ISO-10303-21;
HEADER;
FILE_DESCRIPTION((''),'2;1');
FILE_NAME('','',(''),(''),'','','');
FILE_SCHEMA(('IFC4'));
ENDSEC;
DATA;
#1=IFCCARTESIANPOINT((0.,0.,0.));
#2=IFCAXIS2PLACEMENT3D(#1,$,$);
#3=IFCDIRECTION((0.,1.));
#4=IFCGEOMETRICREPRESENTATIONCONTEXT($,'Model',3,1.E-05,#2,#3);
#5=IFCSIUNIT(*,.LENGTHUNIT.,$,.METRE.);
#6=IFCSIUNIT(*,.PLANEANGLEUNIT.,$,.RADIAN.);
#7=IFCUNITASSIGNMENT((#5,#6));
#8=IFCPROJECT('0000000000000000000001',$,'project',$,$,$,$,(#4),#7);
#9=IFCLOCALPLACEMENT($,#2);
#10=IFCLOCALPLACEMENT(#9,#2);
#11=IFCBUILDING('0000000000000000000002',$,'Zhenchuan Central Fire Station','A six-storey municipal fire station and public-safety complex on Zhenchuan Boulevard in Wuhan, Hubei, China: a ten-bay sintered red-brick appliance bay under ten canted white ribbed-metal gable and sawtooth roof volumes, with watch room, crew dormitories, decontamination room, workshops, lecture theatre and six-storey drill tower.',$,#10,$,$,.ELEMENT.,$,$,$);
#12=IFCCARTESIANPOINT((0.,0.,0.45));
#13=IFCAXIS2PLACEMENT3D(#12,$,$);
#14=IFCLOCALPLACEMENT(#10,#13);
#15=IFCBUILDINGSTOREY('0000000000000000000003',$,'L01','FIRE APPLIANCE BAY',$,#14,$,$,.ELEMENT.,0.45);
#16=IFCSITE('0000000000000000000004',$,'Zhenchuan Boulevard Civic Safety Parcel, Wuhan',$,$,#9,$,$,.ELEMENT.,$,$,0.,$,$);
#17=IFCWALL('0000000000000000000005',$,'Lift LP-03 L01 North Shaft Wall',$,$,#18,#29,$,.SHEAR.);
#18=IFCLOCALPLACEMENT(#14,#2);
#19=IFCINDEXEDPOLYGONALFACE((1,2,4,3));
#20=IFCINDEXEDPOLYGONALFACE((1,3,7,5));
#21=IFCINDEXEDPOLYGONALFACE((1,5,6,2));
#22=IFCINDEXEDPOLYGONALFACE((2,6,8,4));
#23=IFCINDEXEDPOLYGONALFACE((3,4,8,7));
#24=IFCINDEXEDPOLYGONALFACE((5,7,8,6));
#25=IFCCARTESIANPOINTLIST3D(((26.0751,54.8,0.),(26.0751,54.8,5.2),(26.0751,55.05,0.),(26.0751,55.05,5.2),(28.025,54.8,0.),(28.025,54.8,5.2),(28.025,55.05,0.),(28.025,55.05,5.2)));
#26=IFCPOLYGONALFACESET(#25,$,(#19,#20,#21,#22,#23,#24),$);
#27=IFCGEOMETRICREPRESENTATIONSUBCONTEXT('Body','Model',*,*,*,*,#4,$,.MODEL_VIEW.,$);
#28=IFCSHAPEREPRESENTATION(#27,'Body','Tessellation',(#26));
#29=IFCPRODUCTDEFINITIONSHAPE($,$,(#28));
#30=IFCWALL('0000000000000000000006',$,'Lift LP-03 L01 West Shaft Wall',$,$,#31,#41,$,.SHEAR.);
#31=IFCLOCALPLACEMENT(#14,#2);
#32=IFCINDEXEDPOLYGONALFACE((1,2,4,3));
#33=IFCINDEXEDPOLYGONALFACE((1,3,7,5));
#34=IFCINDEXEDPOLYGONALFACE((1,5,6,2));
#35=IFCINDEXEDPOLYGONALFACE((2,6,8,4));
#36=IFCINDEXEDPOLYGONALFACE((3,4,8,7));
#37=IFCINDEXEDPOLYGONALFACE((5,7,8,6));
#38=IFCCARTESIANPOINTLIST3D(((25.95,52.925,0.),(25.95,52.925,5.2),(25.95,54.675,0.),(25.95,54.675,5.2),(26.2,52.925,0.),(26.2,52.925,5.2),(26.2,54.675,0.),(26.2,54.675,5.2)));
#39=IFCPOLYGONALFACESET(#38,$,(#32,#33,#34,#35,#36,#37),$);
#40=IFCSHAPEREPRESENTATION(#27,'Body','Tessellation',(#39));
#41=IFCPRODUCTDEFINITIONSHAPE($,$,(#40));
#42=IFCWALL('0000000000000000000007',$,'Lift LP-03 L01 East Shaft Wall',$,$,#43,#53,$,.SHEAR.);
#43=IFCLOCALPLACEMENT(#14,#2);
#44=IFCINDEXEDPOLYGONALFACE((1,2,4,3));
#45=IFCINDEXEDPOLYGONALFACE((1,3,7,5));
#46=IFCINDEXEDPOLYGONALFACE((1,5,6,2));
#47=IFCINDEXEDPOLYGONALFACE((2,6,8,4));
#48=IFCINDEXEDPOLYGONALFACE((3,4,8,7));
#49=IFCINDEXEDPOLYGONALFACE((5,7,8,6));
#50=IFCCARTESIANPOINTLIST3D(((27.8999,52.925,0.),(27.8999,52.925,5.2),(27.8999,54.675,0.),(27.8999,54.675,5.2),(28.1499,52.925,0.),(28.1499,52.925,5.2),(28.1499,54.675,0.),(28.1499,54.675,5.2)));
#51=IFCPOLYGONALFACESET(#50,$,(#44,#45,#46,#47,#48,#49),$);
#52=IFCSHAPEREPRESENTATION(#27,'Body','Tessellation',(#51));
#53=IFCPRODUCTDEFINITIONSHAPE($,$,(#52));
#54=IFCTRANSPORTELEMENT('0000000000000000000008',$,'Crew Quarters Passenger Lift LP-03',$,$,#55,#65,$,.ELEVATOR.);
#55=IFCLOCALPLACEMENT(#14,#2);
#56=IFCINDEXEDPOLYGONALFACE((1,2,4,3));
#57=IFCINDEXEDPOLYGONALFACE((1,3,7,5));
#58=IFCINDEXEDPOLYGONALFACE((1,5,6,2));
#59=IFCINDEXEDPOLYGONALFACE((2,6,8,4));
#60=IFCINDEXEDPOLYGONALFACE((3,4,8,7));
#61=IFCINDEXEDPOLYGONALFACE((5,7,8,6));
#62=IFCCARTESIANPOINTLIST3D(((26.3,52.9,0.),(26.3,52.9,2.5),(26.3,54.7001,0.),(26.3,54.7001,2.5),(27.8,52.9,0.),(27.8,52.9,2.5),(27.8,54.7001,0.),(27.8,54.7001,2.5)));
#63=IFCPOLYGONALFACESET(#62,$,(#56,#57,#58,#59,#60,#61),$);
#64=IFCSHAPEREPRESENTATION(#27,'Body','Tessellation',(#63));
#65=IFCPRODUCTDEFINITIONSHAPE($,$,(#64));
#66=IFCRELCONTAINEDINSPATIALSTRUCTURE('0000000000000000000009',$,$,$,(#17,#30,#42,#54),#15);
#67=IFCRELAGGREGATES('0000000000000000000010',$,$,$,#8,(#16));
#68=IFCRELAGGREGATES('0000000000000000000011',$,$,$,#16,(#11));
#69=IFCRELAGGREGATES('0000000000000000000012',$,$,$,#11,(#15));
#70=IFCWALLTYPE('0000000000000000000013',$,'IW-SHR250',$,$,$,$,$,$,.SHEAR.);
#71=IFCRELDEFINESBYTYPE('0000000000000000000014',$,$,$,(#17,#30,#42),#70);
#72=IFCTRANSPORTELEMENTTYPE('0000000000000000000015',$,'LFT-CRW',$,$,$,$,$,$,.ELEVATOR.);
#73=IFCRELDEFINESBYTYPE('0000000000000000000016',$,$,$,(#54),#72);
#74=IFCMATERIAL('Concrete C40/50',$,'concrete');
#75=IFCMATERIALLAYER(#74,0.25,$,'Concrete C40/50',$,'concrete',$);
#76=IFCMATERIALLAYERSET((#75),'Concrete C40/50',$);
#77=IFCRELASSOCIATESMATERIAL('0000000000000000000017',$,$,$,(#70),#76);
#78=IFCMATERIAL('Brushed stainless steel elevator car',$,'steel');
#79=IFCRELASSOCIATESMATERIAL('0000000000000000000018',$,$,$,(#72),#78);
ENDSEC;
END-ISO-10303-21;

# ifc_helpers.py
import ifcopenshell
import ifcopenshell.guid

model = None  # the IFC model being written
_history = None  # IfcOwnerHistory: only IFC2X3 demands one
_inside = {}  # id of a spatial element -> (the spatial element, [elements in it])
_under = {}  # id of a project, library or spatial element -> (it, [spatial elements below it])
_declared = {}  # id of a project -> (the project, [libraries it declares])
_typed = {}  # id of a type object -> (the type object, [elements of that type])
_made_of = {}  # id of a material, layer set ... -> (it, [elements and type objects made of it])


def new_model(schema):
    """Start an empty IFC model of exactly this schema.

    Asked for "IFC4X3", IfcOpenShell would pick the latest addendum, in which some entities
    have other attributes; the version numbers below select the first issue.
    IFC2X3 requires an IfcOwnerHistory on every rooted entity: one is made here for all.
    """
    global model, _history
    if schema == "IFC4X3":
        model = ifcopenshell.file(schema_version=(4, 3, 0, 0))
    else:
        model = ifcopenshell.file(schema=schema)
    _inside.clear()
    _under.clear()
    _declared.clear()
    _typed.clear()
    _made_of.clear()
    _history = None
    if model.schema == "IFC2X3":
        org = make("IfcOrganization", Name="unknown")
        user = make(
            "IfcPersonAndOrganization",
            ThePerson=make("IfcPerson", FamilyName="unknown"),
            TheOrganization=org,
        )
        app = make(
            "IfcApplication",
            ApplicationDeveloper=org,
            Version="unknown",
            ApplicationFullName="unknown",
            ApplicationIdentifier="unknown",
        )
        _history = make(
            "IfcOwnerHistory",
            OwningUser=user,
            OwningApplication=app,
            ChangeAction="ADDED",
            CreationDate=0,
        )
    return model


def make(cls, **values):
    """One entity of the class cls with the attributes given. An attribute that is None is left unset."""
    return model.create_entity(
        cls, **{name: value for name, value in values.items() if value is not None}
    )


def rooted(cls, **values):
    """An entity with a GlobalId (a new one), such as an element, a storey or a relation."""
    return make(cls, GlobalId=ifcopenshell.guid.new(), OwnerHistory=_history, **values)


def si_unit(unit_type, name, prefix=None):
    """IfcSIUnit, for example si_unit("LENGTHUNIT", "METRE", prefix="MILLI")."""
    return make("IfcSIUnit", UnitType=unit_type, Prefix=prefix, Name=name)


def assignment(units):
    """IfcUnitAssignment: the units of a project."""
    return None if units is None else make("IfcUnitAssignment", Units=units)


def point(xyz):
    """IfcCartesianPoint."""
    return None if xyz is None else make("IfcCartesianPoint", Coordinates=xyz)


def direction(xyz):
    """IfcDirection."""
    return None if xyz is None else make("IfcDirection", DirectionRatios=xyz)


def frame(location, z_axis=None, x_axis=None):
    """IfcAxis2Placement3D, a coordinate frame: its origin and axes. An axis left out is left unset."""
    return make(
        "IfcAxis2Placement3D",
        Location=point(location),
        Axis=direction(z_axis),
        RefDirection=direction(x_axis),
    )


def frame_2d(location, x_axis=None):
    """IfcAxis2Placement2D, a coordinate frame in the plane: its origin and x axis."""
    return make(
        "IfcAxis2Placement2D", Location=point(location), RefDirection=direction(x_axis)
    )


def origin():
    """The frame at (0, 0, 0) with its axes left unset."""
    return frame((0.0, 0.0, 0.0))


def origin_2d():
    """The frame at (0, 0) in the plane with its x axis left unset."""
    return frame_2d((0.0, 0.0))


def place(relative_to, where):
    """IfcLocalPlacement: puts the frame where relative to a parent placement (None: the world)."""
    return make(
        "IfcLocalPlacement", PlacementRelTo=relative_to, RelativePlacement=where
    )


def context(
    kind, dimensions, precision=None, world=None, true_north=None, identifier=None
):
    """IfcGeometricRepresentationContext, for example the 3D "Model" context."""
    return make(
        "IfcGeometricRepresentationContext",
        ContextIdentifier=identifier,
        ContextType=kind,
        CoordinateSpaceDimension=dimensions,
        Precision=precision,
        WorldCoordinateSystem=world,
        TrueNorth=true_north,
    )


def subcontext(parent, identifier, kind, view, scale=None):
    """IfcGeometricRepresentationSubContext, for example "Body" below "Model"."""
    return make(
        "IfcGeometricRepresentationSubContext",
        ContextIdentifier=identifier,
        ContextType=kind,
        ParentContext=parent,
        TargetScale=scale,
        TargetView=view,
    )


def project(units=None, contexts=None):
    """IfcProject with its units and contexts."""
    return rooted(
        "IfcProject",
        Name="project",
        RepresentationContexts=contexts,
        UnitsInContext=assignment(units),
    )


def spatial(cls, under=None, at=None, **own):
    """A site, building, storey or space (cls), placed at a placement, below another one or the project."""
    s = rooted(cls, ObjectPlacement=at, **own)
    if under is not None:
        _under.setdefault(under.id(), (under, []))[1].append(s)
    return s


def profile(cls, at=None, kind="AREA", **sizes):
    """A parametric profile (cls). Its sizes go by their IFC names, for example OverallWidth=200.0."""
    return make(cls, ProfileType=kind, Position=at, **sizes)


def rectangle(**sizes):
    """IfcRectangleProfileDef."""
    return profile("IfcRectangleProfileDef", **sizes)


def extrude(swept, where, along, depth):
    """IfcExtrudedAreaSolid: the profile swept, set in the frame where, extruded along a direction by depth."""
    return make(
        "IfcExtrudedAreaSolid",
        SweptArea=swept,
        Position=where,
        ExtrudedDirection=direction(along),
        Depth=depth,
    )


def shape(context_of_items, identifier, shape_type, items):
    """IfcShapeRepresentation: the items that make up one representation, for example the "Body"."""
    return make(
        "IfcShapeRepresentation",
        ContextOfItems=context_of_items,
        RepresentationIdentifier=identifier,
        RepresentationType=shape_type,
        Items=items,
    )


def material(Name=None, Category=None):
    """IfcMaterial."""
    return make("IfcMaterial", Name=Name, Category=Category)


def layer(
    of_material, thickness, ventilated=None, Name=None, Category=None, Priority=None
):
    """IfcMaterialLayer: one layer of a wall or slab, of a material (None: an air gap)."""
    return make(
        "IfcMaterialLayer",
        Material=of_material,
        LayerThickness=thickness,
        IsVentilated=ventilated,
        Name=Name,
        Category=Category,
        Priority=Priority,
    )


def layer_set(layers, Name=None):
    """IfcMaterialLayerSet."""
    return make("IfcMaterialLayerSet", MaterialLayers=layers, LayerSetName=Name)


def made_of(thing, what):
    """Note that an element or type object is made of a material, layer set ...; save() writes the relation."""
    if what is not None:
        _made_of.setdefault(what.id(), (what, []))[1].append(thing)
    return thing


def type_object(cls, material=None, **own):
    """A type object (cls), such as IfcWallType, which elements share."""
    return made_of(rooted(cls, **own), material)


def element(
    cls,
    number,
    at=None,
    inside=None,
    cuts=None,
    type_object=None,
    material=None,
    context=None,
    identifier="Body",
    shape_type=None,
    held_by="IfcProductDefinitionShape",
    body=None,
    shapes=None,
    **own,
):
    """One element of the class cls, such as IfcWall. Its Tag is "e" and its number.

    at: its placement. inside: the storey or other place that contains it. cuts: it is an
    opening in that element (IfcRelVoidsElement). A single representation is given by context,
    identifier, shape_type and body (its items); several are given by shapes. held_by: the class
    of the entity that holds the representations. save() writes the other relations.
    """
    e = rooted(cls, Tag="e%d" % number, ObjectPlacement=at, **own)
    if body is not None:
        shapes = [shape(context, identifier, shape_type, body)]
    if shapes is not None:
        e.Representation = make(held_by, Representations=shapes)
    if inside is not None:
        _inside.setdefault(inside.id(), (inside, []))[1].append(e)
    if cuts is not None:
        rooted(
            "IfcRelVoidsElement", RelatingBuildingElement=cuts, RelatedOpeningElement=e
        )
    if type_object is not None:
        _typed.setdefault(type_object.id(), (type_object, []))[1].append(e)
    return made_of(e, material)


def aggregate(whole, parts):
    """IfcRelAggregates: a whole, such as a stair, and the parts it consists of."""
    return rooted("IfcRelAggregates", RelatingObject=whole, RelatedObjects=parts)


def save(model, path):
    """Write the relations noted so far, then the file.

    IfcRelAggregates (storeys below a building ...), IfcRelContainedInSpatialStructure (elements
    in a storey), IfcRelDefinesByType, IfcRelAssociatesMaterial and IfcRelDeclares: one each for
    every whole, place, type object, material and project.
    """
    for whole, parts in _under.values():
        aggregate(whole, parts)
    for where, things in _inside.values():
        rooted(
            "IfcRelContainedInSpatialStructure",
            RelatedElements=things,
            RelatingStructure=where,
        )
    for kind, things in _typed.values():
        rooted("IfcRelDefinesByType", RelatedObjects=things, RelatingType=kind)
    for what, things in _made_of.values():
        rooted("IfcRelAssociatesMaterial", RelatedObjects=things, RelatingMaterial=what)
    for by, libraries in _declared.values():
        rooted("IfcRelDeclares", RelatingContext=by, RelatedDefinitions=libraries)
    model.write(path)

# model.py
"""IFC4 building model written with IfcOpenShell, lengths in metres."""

from ifc_helpers import new_model, si_unit, direction, frame, frame_2d, origin, origin_2d, place, context, subcontext, project, spatial, rectangle, extrude, material, layer, layer_set, type_object, element, save


model = new_model("IFC4")

# Units and contexts
model_context = context("Model", 3, precision=1e-05, world=origin(), true_north=direction((0.0, 1.0)))
body_context = subcontext(model_context, "Body", "Model", "MODEL_VIEW")
ifc_project = project(units=[si_unit("LENGTHUNIT", "METRE"), si_unit("PLANEANGLEUNIT", "RADIAN")], contexts=[model_context])

# Site, building, storey
site_placement = place(None, origin())
site = spatial("IfcSite", under=ifc_project, at=site_placement, Name="Zhenchuan Boulevard Civic Safety Parcel, Wuhan", CompositionType="ELEMENT", RefElevation=0.0)
building_placement = place(site_placement, origin())
building = spatial("IfcBuilding", under=site, at=building_placement, Name="Zhenchuan Central Fire Station", Description="A six-storey municipal fire station and public-safety complex on Zhenchuan Boulevard in Wuhan, Hubei, China: a ten-bay sintered red-brick appliance bay under ten canted white ribbed-metal gable and sawtooth roof volumes, with watch room, crew dormitories, decontamination room, workshops, lecture theatre and six-storey drill tower.", CompositionType="ELEMENT")
storey_placement = place(building_placement, frame((0.0, 0.0, 0.45)))
storey = spatial("IfcBuildingStorey", under=building, at=storey_placement, Name="L01", Description="FIRE APPLIANCE BAY", CompositionType="ELEMENT", Elevation=0.45)

# Shared definitions
ifc_material_1 = material(Name="Concrete C40/50", Category="concrete")

# Shared definitions
ifc_layer_1 = layer(ifc_material_1, 0.25, Name="Concrete C40/50", Category="concrete")
ifc_layer_set_1 = layer_set([ifc_layer_1], Name="Concrete C40/50")
wall_type_1 = type_object("IfcWallType", Name="IW-SHR250", PredefinedType="SHEAR", material=ifc_layer_set_1)

# Walls
wall_1_placement = place(storey_placement, frame((26.075, 54.925, 0.0), z_axis=(0.0, 0.0, 1.0), x_axis=(1.0, 0.0, 0.0)))
element("IfcWall", 1, at=wall_1_placement, inside=storey, type_object=wall_type_1, Name="Lift LP-03 L01 North Shaft Wall", PredefinedType="SHEAR", context=body_context, shape_type="SweptSolid", body=[
    extrude(rectangle(XDim=1.95, YDim=0.25, at=frame_2d((0.9751, 0.0))), origin(), (0.0, 0.0, 1.0), 5.2),
])
for number, where, z_axis, x_axis, name in (
    (2, (26.075, 52.925, 0.0), (0.0, 0.0, 1.0), (0.0, 1.0, 0.0), "Lift LP-03 L01 West Shaft Wall"),
    (3, (28.0249, 52.925, 0.0), (0.0, 0.0, 1.0), (0.0, 1.0, 0.0), "Lift LP-03 L01 East Shaft Wall"),
):
    element("IfcWall", number, at=place(storey_placement, frame(where, z_axis=z_axis, x_axis=x_axis)), inside=storey, type_object=wall_type_1, Name=name, PredefinedType="SHEAR", context=body_context, shape_type="SweptSolid", body=[
        extrude(rectangle(XDim=1.75, YDim=0.25, at=frame_2d((0.875, 0.0))), origin(), (0.0, 0.0, 1.0), 5.2),
    ])

# Transport element
ifc_material_2 = material(Name="Brushed stainless steel elevator car", Category="steel")
transport_element_type = type_object("IfcTransportElementType", Name="LFT-CRW", PredefinedType="ELEVATOR", material=ifc_material_2)
transport_element_placement = place(storey_placement, frame((27.05, 53.8, 0.0), z_axis=(0.0, 0.0, 1.0), x_axis=(1.0, 0.0, 0.0)))
element("IfcTransportElement", 4, at=transport_element_placement, inside=storey, type_object=transport_element_type, Name="Crew Quarters Passenger Lift LP-03", PredefinedType="ELEVATOR", context=body_context, shape_type="SweptSolid", body=[
    extrude(rectangle(XDim=1.5, YDim=1.8, at=origin_2d()), origin(), (0.0, 0.0, 1.0), 2.5),
])

save(model, "model.ifc")
